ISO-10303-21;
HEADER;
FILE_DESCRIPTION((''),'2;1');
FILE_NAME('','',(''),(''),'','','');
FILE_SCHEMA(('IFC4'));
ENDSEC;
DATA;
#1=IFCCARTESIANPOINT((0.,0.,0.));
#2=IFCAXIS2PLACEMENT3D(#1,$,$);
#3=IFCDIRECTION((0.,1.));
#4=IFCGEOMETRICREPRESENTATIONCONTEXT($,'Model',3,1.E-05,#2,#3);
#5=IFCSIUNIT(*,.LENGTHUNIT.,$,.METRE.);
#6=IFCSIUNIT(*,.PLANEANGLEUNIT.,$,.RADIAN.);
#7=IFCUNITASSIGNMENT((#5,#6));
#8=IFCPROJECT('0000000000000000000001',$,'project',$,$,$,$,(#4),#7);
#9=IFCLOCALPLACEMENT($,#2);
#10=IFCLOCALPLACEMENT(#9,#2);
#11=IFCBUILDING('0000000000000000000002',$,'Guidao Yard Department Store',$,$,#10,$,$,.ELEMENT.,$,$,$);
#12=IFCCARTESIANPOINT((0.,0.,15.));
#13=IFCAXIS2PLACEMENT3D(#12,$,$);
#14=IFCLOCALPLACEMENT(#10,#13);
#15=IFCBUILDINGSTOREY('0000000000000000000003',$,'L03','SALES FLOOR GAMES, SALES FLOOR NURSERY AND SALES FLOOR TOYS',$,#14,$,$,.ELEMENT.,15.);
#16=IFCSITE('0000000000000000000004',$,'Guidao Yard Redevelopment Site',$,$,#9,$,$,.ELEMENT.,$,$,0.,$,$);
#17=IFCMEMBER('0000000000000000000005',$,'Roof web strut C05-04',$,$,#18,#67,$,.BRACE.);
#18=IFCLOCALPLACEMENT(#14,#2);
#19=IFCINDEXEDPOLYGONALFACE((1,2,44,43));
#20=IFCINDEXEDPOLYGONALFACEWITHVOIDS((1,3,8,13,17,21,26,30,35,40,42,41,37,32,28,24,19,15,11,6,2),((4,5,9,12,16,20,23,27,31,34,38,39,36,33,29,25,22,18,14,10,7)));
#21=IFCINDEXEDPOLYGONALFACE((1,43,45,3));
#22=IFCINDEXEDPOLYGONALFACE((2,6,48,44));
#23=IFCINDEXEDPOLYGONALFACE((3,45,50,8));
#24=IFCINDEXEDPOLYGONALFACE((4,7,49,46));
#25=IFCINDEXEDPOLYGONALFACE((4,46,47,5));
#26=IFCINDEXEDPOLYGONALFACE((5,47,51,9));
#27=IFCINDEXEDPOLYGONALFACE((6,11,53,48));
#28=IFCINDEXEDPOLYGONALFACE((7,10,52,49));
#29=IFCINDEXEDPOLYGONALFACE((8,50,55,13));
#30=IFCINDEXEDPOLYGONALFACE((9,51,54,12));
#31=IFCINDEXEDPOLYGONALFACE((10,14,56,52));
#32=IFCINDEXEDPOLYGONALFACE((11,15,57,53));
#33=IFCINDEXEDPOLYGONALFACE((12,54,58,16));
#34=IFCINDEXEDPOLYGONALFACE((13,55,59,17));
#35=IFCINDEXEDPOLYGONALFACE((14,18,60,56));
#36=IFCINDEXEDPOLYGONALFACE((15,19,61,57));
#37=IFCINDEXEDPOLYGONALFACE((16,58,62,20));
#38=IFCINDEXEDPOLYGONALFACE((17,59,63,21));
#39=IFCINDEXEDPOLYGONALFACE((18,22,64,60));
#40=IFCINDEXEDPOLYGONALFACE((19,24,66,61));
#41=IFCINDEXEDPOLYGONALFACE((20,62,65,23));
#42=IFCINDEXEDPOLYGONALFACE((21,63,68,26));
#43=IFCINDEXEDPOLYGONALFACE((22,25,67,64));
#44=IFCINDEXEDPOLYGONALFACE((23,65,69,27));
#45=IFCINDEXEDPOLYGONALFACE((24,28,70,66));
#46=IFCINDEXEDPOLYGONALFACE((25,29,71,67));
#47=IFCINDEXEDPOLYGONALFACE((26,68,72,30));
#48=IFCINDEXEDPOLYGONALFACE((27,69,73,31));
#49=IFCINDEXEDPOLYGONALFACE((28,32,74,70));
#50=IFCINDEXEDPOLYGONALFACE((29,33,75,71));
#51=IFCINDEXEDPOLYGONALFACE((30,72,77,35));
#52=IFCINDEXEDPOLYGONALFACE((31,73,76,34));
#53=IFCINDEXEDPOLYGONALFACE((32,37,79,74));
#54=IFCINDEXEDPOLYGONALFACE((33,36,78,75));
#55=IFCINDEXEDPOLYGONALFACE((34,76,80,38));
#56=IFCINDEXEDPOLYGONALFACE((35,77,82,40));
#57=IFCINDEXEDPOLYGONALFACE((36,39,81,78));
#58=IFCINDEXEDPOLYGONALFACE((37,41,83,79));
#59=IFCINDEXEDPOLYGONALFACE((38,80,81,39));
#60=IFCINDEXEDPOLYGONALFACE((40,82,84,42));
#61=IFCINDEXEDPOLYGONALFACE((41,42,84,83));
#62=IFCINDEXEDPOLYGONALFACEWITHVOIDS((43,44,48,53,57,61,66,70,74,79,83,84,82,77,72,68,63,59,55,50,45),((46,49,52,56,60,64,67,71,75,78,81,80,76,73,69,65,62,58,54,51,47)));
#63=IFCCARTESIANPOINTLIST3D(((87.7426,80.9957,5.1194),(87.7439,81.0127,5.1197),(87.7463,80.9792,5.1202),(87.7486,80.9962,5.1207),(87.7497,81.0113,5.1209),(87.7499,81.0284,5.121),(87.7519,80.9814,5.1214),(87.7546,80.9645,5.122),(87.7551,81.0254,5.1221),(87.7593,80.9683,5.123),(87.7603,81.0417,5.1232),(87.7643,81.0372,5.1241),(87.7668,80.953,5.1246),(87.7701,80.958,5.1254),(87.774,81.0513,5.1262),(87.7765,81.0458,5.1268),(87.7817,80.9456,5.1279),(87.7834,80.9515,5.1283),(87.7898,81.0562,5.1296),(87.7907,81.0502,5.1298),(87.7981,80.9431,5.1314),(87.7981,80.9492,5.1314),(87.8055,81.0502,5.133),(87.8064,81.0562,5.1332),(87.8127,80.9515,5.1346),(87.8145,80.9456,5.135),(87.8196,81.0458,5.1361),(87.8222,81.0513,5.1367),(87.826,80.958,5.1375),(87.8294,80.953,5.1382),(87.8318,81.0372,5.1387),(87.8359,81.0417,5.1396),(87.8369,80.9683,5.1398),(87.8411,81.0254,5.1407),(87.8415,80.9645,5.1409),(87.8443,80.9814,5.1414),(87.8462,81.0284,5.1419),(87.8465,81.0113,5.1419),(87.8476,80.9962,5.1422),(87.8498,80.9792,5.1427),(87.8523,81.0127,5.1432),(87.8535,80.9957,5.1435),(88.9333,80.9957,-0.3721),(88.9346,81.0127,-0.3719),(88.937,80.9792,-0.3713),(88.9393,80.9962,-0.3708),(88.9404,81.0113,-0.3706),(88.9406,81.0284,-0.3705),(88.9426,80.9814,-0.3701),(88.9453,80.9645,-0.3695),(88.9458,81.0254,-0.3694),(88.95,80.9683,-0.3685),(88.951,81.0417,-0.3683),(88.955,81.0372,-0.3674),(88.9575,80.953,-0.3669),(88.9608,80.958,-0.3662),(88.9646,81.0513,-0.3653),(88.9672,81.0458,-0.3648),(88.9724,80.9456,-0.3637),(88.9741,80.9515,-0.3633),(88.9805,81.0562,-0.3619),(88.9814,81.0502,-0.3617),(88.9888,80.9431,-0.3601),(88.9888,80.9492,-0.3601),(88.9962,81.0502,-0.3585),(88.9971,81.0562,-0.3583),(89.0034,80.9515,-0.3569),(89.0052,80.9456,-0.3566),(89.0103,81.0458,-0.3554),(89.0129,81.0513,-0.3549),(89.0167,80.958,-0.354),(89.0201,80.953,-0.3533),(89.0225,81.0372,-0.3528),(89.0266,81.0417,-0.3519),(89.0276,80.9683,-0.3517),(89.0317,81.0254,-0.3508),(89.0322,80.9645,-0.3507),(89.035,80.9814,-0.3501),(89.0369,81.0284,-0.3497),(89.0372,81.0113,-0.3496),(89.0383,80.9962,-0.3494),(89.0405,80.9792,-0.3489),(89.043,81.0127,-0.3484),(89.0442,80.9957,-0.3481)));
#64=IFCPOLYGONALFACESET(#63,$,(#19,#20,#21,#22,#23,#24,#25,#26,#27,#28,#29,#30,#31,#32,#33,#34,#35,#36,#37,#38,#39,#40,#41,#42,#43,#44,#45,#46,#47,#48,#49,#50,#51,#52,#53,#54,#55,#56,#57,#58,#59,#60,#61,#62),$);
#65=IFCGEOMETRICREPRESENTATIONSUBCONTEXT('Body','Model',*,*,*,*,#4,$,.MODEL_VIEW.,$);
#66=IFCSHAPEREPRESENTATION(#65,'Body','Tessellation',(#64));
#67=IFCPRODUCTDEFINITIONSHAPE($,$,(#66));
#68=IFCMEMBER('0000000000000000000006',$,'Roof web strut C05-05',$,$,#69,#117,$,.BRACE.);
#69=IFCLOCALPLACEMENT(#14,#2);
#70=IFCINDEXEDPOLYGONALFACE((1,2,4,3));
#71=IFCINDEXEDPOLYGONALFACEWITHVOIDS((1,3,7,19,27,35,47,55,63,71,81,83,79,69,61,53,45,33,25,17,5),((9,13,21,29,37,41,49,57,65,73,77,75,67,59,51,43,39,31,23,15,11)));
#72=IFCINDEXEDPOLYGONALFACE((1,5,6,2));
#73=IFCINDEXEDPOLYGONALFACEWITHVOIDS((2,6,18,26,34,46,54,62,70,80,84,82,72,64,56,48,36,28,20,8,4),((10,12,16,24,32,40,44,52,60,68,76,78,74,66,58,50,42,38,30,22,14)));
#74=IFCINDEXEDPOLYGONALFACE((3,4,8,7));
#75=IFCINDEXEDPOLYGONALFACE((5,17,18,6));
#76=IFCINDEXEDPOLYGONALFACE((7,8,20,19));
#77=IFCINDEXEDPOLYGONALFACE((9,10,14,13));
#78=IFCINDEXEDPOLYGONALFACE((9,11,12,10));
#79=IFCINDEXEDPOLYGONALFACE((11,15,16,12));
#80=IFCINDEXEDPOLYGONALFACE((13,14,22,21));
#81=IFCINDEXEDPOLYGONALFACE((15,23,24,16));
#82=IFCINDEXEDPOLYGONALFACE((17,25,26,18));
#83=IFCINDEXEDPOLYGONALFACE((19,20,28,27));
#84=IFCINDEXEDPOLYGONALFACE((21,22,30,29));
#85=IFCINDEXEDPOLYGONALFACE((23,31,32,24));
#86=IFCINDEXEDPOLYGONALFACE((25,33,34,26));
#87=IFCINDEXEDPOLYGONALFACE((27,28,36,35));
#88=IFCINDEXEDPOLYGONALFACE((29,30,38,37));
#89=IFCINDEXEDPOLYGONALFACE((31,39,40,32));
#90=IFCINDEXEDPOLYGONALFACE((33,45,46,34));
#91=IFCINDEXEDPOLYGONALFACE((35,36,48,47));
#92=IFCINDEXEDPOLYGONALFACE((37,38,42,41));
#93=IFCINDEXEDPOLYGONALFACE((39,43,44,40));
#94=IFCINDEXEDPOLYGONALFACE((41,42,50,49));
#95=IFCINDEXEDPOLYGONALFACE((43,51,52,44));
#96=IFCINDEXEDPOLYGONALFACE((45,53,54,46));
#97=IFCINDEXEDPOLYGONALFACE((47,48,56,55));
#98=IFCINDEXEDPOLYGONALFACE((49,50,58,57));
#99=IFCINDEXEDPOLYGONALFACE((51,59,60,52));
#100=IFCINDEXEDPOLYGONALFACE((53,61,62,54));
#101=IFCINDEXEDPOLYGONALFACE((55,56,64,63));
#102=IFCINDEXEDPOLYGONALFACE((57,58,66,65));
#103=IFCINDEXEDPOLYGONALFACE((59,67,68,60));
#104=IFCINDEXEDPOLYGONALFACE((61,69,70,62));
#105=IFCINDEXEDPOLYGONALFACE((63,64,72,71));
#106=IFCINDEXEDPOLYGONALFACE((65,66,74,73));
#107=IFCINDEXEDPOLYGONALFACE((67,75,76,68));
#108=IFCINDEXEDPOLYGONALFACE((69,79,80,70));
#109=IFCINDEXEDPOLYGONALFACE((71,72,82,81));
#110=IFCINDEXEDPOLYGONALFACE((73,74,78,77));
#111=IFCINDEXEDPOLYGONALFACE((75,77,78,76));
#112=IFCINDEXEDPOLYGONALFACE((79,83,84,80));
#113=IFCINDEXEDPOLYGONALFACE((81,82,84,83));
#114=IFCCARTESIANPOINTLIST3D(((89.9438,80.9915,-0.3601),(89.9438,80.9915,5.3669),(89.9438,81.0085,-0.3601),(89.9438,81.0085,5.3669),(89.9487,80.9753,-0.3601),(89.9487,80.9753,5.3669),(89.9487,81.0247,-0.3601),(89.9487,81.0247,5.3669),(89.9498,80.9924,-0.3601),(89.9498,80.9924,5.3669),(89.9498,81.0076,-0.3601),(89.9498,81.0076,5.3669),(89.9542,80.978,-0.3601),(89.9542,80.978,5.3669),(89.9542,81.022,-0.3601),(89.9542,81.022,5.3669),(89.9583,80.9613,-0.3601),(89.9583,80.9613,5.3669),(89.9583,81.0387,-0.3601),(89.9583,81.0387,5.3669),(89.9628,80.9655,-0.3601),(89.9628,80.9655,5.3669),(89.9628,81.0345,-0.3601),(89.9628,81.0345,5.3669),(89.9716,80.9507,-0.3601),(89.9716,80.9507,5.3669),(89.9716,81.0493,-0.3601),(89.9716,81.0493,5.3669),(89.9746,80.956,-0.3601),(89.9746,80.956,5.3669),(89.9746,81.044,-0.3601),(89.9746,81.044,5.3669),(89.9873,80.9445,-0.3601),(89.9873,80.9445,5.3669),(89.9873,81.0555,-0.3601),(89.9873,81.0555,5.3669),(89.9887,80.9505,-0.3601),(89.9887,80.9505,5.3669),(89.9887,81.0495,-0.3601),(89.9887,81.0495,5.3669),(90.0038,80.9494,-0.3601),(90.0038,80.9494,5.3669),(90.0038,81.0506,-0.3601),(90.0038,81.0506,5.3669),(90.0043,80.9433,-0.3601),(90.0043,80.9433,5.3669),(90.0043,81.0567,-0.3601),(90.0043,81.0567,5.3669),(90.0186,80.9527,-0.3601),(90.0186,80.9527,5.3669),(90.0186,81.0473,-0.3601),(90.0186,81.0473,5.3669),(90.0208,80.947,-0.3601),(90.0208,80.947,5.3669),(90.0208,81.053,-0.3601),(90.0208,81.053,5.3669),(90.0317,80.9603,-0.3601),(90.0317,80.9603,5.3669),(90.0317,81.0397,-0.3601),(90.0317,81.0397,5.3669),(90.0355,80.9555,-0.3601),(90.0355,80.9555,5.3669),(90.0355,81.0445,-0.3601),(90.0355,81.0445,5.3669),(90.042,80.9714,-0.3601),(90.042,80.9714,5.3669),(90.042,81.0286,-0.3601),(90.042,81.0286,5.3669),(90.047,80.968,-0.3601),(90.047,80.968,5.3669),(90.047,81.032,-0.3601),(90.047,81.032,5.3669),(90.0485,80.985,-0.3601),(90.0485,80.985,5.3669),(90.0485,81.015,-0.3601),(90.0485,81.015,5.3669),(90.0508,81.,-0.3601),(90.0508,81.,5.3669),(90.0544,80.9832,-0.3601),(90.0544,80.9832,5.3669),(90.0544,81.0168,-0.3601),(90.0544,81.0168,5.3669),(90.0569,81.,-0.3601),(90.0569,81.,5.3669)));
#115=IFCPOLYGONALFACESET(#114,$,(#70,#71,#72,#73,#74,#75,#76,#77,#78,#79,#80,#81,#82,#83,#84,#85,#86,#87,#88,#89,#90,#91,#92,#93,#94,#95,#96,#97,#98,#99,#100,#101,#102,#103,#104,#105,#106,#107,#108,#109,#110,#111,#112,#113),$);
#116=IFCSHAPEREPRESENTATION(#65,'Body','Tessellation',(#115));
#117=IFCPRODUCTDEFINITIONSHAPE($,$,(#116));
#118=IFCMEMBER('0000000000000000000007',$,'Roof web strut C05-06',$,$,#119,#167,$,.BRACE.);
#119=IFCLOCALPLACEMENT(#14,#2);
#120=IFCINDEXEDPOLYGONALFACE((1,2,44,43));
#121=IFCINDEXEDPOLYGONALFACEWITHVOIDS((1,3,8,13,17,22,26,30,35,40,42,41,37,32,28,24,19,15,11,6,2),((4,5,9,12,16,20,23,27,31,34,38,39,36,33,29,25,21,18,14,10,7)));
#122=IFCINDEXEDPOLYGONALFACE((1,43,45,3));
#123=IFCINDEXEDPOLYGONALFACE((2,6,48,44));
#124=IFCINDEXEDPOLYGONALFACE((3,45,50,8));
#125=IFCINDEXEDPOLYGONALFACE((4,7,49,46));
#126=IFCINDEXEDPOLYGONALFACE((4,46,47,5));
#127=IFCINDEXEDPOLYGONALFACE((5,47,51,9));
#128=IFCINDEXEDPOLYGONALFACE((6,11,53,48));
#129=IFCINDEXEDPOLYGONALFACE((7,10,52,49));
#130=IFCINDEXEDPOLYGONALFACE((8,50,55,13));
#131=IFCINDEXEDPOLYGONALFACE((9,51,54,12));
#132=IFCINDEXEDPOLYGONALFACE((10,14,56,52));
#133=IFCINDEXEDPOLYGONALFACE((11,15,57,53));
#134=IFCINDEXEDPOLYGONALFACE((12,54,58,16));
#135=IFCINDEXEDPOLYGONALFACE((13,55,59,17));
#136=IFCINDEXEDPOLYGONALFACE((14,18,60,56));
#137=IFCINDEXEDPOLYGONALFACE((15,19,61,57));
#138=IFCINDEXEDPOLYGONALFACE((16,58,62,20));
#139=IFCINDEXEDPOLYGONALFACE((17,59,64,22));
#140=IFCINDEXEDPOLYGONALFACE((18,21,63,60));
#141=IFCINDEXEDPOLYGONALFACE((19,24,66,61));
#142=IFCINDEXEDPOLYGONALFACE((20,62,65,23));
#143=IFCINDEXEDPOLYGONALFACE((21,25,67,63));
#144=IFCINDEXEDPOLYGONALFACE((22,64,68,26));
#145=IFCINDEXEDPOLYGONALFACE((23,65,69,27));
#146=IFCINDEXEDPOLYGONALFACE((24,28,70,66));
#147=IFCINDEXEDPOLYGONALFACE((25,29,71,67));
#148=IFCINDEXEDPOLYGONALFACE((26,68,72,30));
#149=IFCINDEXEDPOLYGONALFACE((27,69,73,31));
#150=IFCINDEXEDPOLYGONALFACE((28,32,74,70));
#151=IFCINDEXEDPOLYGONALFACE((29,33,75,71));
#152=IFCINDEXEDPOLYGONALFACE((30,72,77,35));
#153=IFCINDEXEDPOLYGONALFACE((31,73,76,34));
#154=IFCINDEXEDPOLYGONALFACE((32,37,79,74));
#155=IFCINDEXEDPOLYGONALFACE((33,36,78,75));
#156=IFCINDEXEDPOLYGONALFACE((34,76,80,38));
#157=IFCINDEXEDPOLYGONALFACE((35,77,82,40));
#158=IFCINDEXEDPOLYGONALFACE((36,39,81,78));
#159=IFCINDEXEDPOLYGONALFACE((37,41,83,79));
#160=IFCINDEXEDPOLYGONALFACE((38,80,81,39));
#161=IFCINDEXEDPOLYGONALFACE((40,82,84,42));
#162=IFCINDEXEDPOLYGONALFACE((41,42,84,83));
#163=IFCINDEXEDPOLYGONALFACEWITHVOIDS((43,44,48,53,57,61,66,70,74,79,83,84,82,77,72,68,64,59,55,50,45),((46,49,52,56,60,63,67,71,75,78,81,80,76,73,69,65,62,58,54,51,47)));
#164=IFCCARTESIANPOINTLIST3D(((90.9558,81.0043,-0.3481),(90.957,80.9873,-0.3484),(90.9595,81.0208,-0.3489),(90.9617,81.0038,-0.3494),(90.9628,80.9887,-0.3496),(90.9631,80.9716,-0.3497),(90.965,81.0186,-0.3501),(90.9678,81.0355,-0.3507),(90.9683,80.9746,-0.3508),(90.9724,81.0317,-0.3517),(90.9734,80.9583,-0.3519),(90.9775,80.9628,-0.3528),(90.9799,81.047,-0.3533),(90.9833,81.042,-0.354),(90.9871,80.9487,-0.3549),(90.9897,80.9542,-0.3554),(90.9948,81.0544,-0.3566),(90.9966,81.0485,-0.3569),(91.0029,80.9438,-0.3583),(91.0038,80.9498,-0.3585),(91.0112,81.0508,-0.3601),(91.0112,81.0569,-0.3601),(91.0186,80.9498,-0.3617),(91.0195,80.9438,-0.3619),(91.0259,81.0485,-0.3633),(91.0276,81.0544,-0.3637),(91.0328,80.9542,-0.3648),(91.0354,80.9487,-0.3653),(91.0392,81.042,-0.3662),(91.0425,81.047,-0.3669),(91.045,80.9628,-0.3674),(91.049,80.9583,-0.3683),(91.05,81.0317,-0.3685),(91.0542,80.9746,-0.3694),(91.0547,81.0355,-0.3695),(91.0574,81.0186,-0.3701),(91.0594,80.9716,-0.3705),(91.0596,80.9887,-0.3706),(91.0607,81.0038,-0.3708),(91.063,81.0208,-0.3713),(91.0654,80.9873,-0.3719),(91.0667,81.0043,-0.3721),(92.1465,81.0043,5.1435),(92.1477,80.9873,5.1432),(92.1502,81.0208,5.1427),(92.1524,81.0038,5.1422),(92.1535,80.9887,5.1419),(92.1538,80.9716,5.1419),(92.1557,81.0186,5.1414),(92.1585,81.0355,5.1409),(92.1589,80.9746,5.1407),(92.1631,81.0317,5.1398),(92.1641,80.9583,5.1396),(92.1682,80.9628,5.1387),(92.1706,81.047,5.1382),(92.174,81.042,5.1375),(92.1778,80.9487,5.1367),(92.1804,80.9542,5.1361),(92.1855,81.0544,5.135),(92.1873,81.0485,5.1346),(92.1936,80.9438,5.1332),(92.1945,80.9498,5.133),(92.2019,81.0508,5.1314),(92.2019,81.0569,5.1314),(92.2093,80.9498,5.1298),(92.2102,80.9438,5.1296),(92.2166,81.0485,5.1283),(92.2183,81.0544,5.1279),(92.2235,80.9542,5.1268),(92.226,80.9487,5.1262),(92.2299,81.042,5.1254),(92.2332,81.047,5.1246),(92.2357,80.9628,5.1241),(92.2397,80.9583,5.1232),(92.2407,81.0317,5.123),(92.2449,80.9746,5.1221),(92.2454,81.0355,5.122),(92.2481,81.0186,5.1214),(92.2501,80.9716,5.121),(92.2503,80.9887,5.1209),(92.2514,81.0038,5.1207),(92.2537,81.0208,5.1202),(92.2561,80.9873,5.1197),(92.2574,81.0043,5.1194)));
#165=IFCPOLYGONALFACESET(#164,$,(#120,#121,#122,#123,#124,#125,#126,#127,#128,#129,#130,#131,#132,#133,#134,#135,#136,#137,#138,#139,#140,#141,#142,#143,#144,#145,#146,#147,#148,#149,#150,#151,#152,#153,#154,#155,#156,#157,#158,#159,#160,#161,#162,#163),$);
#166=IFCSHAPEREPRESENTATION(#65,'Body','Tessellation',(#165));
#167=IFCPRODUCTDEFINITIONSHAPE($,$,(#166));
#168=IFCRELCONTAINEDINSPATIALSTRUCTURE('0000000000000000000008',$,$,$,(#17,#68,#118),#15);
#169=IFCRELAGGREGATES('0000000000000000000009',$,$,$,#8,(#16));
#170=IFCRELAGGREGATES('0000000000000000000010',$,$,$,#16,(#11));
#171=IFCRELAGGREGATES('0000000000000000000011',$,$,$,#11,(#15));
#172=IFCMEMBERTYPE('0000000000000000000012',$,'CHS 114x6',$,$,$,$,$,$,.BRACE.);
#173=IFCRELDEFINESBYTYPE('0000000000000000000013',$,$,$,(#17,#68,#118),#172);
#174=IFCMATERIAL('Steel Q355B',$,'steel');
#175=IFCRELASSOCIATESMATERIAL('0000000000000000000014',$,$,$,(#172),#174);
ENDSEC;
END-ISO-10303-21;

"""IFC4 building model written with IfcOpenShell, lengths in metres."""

from ifc_helpers import new_model, si_unit, direction, frame, origin, origin_2d, place, context, subcontext, project, spatial, hollow_circle, extrude, material, material_profile, profile_set, type_object, element, save


model = new_model("IFC4")

# Units and contexts
model_context = context("Model", 3, precision=1e-05, world=origin(), true_north=direction((0.0, 1.0)))
body_context = subcontext(model_context, "Body", "Model", "MODEL_VIEW")
ifc_project = project(units=[si_unit("LENGTHUNIT", "METRE"), si_unit("PLANEANGLEUNIT", "RADIAN")], contexts=[model_context])

# Site, building, storey
site_placement = place(None, origin())
site = spatial("IfcSite", under=ifc_project, at=site_placement, Name="Guidao Yard Redevelopment Site", CompositionType="ELEMENT", RefElevation=0.0)
building_placement = place(site_placement, origin())
building = spatial("IfcBuilding", under=site, at=building_placement, Name="Guidao Yard Department Store", CompositionType="ELEMENT")
storey_placement = place(building_placement, frame((0.0, 0.0, 15.0)))
storey = spatial("IfcBuildingStorey", under=building, at=storey_placement, Name="L03", Description="SALES FLOOR GAMES, SALES FLOOR NURSERY AND SALES FLOOR TOYS", CompositionType="ELEMENT", Elevation=15.0)

# Members
ifc_material_1 = material(Name="Steel Q355B", Category="steel")
ifc_material_profile_1 = material_profile(ifc_material_1, hollow_circle(Radius=0.0569, WallThickness=0.0061, at=origin_2d()), Name="CHS 114x6")
ifc_profile_set_1 = profile_set([ifc_material_profile_1], Name="Steel Q355B")
member_type_1 = type_object("IfcMemberType", Name="CHS 114x6", PredefinedType="BRACE", material=ifc_profile_set_1)
member_1_placement = place(storey_placement, frame((88.9888, 81.0, -0.3601), z_axis=(-0.211899, 0.0, 0.977292), x_axis=(0.0, -1.0, 0.0)))
element("IfcMember", 1, at=member_1_placement, inside=storey, type_object=member_type_1, Name="Roof web strut C05-04", PredefinedType="BRACE", context=body_context, shape_type="SweptSolid", body=[
    extrude(hollow_circle(Radius=0.0569, WallThickness=0.0061, at=origin_2d()), origin(), (0.0, 0.0, 1.0), 5.6191),
])
member_2_placement = place(storey_placement, frame((90.0, 81.0, -0.3601), z_axis=(0.0, 0.0, 1.0), x_axis=(1.0, 0.0, 0.0)))
element("IfcMember", 2, at=member_2_placement, inside=storey, type_object=member_type_1, Name="Roof web strut C05-05", PredefinedType="BRACE", context=body_context, shape_type="SweptSolid", body=[
    extrude(hollow_circle(Radius=0.0569, WallThickness=0.0061, at=origin_2d()), origin(), (0.0, 0.0, 1.0), 5.7271),
])
member_3_placement = place(storey_placement, frame((91.0112, 81.0, -0.3601), z_axis=(0.211899, 0.0, 0.977292), x_axis=(0.0, 1.0, 0.0)))
element("IfcMember", 3, at=member_3_placement, inside=storey, type_object=member_type_1, Name="Roof web strut C05-06", PredefinedType="BRACE", context=body_context, shape_type="SweptSolid", body=[
    extrude(hollow_circle(Radius=0.0569, WallThickness=0.0061, at=origin_2d()), origin(), (0.0, 0.0, 1.0), 5.6191),
])

save(model, "model.ifc")
